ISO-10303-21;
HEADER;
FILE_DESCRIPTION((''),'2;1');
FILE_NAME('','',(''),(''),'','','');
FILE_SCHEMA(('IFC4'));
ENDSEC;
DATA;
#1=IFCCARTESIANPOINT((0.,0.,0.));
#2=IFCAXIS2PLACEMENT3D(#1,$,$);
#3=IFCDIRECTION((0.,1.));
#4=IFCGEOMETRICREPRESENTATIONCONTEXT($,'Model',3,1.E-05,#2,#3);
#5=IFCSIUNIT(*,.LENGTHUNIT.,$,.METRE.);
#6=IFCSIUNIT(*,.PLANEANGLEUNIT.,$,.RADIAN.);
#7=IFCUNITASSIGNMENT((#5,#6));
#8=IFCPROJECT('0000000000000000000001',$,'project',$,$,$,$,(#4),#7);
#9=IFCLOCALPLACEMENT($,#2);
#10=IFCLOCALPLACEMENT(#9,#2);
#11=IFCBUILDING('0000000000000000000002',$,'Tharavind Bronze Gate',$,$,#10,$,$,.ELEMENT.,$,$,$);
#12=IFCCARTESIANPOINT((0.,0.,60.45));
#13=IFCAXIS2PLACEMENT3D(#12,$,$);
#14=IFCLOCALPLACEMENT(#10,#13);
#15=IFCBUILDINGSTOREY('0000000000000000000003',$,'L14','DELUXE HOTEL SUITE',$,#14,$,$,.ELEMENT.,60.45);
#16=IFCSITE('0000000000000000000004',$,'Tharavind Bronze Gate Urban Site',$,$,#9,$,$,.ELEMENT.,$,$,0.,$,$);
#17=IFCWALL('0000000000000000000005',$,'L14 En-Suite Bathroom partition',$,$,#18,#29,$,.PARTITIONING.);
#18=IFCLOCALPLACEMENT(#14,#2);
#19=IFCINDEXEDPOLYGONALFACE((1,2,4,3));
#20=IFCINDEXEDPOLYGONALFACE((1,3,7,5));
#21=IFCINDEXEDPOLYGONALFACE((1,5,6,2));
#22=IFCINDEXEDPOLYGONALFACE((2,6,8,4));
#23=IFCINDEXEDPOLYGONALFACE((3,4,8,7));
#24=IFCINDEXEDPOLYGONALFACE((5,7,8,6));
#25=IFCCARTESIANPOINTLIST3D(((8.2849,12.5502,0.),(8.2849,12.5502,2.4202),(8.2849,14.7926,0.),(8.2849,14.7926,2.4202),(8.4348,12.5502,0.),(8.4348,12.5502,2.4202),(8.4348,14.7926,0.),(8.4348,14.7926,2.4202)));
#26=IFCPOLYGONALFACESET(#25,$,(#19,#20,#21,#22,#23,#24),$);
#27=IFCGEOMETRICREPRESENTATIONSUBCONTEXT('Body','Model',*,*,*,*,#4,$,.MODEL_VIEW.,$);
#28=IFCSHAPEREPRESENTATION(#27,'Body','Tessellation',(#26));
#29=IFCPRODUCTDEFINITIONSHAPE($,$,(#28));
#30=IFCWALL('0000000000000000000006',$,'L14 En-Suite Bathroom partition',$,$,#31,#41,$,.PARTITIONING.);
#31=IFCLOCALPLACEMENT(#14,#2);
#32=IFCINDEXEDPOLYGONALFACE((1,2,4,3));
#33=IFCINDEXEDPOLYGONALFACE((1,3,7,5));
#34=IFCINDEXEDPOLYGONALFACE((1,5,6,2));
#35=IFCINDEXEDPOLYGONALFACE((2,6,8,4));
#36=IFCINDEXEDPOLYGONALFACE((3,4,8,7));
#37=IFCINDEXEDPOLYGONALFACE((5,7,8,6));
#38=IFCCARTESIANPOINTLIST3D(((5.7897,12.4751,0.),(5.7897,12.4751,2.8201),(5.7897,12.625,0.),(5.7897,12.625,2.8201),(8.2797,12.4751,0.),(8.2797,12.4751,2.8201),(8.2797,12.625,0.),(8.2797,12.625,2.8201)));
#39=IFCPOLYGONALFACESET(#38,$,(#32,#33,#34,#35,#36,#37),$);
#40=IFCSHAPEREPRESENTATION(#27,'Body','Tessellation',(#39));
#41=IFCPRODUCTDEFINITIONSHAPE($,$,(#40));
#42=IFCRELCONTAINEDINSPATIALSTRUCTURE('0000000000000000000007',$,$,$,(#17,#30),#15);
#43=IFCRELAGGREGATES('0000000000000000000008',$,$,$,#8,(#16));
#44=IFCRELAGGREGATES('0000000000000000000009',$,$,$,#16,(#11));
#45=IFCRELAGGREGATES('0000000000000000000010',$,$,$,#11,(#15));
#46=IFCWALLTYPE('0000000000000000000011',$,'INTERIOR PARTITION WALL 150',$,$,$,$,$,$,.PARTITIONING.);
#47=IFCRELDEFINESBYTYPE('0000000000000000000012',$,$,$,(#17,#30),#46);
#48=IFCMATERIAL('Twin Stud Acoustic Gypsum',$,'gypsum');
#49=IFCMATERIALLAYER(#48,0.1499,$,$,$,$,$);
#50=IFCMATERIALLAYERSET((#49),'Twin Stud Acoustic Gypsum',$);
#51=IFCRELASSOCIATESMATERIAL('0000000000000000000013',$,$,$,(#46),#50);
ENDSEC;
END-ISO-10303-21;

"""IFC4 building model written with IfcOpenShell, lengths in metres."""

from ifc_helpers import new_model, si_unit, direction, frame, frame_2d, origin, place, context, subcontext, project, spatial, rectangle, extrude, material, layer, layer_set, type_object, element, save


model = new_model("IFC4")

# Units and contexts
model_context = context("Model", 3, precision=1e-05, world=origin(), true_north=direction((0.0, 1.0)))
body_context = subcontext(model_context, "Body", "Model", "MODEL_VIEW")
ifc_project = project(units=[si_unit("LENGTHUNIT", "METRE"), si_unit("PLANEANGLEUNIT", "RADIAN")], contexts=[model_context])

# Site, building, storey
site_placement = place(None, origin())
site = spatial("IfcSite", under=ifc_project, at=site_placement, Name="Tharavind Bronze Gate Urban Site", CompositionType="ELEMENT", RefElevation=0.0)
building_placement = place(site_placement, origin())
building = spatial("IfcBuilding", under=site, at=building_placement, Name="Tharavind Bronze Gate", CompositionType="ELEMENT")
storey_placement = place(building_placement, frame((0.0, 0.0, 60.45)))
storey = spatial("IfcBuildingStorey", under=building, at=storey_placement, Name="L14", Description="DELUXE HOTEL SUITE", CompositionType="ELEMENT", Elevation=60.45)

# Shared definitions
ifc_material_1 = material(Name="Twin Stud Acoustic Gypsum", Category="gypsum")
ifc_layer_1 = layer(ifc_material_1, 0.1499)
ifc_layer_set_1 = layer_set([ifc_layer_1], Name="Twin Stud Acoustic Gypsum")
wall_type_1 = type_object("IfcWallType", Name="INTERIOR PARTITION WALL 150", PredefinedType="PARTITIONING", material=ifc_layer_set_1)

# Walls
wall_1_placement = place(storey_placement, frame((8.3599, 14.7925, 0.0), z_axis=(0.0, 0.0, 1.0), x_axis=(0.0, -1.0, 0.0)))
element("IfcWall", 1, at=wall_1_placement, inside=storey, type_object=wall_type_1, Name="L14 En-Suite Bathroom partition", PredefinedType="PARTITIONING", context=body_context, shape_type="SweptSolid", body=[
    extrude(rectangle(XDim=2.2424, YDim=0.1499, at=frame_2d((1.1211, 0.0))), origin(), (0.0, 0.0, 1.0), 2.4202),
])
wall_2_placement = place(storey_placement, frame((8.2798, 12.55, 0.0), z_axis=(0.0, 0.0, 1.0), x_axis=(-1.0, 0.0, 0.0)))
element("IfcWall", 2, at=wall_2_placement, inside=storey, type_object=wall_type_1, Name="L14 En-Suite Bathroom partition", PredefinedType="PARTITIONING", context=body_context, shape_type="SweptSolid", body=[
    extrude(rectangle(XDim=2.49, YDim=0.1499, at=frame_2d((1.2451, 0.0))), origin(), (0.0, 0.0, 1.0), 2.8201),
])

save(model, "model.ifc")
